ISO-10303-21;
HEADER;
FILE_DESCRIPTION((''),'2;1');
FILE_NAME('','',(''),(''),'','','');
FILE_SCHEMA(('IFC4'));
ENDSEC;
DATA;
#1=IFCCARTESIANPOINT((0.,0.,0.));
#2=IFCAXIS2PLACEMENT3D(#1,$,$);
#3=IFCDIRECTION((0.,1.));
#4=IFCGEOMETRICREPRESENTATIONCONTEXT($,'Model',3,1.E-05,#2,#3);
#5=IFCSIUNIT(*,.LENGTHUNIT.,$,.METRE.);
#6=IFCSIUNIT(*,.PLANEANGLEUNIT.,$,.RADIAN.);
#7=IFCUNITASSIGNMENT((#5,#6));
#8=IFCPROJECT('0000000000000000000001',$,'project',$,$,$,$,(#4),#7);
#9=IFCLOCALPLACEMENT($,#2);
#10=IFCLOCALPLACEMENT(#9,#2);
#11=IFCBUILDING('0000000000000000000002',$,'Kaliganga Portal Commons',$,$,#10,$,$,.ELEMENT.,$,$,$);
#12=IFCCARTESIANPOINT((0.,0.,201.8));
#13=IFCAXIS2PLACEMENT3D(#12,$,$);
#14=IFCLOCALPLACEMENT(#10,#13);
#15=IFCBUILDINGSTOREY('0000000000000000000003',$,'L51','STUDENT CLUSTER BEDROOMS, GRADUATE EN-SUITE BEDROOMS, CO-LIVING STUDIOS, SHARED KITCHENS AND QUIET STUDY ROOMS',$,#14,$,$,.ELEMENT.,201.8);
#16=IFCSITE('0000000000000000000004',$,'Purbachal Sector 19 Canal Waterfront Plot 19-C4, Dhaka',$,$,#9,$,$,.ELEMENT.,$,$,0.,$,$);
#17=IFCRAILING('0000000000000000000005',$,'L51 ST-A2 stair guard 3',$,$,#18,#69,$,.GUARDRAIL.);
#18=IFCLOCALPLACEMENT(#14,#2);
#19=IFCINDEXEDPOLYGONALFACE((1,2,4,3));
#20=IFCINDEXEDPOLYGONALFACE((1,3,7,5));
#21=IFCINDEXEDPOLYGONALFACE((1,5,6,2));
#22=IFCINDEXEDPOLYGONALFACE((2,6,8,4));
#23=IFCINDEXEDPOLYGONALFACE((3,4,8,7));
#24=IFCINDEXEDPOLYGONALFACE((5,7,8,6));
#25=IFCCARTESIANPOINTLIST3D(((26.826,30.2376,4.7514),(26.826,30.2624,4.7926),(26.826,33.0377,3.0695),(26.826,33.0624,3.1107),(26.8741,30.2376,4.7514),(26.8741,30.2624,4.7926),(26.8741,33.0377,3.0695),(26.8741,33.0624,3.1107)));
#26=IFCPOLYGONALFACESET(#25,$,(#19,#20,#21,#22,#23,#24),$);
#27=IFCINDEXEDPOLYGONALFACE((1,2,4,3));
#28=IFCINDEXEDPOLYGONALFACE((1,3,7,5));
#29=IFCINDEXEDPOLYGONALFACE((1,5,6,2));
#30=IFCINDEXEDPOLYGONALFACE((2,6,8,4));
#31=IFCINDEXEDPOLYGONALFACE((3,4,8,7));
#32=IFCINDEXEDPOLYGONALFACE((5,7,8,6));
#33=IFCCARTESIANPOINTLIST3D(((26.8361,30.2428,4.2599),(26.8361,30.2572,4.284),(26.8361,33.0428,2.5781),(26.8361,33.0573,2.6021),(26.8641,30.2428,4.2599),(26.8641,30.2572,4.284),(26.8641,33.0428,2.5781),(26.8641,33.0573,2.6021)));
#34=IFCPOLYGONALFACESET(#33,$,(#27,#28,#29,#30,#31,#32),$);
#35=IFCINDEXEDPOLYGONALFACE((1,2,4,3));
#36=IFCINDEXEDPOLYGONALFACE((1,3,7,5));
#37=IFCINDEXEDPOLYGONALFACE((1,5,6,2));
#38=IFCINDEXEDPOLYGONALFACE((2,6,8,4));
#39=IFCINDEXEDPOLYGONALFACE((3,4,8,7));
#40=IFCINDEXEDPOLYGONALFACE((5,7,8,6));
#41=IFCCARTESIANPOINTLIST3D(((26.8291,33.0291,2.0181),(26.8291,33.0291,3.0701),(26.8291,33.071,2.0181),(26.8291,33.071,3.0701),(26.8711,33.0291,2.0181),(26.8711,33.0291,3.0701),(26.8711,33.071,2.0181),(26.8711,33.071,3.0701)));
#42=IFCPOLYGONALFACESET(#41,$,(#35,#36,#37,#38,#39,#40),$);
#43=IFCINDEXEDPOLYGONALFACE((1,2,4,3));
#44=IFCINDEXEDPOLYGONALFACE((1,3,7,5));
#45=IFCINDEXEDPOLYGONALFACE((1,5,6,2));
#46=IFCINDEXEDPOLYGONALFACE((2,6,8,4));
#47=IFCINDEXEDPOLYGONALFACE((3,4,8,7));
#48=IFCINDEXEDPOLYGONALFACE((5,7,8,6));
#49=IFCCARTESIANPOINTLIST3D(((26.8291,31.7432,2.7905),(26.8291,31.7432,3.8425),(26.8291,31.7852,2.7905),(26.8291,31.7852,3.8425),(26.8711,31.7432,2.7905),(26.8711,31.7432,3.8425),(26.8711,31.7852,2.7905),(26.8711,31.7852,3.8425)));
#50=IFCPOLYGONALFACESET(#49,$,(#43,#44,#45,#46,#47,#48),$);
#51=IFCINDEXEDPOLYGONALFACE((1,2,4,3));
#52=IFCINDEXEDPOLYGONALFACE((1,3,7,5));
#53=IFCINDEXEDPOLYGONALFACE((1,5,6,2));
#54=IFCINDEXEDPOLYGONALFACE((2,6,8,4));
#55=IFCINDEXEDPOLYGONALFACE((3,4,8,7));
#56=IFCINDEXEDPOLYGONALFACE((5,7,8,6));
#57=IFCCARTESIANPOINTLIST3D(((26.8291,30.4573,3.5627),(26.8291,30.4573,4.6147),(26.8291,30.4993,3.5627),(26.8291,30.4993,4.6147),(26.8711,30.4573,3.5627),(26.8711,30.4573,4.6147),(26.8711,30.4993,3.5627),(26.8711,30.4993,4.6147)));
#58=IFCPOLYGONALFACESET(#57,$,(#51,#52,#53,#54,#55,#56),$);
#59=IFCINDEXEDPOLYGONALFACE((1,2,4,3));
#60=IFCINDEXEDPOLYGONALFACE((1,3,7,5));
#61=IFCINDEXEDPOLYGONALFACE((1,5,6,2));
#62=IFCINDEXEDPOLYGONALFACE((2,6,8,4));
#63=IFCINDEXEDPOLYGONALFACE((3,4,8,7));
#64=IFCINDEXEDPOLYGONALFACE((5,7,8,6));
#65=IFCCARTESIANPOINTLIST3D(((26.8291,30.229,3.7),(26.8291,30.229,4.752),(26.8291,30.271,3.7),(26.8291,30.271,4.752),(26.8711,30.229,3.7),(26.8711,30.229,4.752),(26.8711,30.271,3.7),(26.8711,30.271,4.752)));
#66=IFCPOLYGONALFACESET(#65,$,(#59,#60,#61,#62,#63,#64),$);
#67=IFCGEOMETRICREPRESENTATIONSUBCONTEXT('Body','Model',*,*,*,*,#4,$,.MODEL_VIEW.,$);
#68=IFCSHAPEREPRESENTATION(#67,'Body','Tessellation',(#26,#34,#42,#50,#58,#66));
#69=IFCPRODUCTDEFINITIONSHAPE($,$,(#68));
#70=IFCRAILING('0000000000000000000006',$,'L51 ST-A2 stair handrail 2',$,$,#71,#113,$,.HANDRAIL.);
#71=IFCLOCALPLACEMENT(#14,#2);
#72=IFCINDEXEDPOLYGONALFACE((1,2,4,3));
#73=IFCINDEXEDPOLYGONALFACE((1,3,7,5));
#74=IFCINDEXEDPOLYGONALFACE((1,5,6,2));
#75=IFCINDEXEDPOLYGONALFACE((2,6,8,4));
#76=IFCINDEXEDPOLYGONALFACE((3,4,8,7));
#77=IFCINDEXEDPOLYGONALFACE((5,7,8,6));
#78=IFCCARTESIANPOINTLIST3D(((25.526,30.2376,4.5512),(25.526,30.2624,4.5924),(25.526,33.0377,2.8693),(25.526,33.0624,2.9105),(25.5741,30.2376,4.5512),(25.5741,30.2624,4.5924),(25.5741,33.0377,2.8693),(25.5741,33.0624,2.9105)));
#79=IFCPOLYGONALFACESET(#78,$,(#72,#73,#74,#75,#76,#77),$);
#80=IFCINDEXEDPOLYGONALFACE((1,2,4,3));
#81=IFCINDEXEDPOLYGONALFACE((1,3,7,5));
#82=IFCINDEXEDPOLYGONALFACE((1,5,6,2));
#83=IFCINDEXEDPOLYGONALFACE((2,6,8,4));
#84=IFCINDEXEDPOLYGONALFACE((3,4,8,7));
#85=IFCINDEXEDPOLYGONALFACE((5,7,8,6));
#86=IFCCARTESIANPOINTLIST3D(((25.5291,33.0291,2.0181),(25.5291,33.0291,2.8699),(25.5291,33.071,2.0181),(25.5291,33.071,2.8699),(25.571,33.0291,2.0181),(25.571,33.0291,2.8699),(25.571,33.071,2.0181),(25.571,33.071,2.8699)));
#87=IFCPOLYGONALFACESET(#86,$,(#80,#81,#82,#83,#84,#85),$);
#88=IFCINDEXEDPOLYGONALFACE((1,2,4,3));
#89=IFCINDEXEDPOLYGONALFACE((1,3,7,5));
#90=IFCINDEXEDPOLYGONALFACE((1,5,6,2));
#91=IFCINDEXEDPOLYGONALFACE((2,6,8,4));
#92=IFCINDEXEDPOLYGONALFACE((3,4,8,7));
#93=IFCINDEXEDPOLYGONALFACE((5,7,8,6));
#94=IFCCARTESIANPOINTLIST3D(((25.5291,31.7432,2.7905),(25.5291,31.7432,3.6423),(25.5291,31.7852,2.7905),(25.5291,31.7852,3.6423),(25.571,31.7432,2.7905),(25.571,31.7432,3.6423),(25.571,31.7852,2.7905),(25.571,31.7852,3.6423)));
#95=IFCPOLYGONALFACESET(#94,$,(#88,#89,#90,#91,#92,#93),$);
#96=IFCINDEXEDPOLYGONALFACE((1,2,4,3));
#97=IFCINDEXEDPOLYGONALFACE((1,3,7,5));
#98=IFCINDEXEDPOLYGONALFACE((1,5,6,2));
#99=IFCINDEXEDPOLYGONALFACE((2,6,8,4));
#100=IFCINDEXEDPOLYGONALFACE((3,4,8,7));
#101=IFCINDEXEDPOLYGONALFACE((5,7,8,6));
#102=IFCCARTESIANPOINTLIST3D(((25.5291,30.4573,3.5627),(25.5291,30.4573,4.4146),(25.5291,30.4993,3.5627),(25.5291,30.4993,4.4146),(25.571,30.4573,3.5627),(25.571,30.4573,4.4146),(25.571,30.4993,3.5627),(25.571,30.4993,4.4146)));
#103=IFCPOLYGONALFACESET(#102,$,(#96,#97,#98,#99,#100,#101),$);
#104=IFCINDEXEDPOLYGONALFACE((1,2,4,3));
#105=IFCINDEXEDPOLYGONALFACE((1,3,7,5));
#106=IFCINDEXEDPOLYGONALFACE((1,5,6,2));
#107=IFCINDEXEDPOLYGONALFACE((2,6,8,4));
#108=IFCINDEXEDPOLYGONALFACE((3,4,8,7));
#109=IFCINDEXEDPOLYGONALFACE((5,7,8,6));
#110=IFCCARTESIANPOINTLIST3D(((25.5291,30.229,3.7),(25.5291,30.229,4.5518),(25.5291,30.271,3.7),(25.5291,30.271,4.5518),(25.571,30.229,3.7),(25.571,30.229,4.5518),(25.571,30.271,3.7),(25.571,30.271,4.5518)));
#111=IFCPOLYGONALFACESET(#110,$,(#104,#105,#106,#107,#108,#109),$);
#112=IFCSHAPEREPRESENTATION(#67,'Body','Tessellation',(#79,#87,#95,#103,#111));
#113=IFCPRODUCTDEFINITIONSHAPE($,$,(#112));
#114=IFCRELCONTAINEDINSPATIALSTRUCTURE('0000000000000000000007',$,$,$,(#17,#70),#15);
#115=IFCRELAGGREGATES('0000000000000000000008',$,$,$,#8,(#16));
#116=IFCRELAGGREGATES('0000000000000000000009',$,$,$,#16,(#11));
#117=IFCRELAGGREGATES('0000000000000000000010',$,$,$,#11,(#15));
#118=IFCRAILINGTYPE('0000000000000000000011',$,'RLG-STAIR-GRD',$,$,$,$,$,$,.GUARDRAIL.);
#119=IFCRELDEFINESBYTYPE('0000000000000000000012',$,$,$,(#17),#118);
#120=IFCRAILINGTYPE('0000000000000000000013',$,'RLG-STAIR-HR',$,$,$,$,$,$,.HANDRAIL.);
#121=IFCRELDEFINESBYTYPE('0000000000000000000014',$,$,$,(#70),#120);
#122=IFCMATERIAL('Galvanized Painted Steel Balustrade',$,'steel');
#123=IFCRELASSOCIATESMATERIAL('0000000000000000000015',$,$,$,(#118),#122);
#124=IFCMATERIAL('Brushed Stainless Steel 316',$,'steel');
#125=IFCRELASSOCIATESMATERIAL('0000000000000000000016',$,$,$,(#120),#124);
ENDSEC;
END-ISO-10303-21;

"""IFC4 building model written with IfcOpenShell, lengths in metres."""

from ifc_helpers import new_model, si_unit, direction, frame, origin, origin_2d, place, context, subcontext, project, spatial, rectangle, extrude, material, type_object, element, save


model = new_model("IFC4")

# Units and contexts
model_context = context("Model", 3, precision=1e-05, world=origin(), true_north=direction((0.0, 1.0)))
body_context = subcontext(model_context, "Body", "Model", "MODEL_VIEW")
ifc_project = project(units=[si_unit("LENGTHUNIT", "METRE"), si_unit("PLANEANGLEUNIT", "RADIAN")], contexts=[model_context])

# Site, building, storey
site_placement = place(None, origin())
site = spatial("IfcSite", under=ifc_project, at=site_placement, Name="Purbachal Sector 19 Canal Waterfront Plot 19-C4, Dhaka", CompositionType="ELEMENT", RefElevation=0.0)
building_placement = place(site_placement, origin())
building = spatial("IfcBuilding", under=site, at=building_placement, Name="Kaliganga Portal Commons", CompositionType="ELEMENT")
storey_placement = place(building_placement, frame((0.0, 0.0, 201.8)))
storey = spatial("IfcBuildingStorey", under=building, at=storey_placement, Name="L51", Description="STUDENT CLUSTER BEDROOMS, GRADUATE EN-SUITE BEDROOMS, CO-LIVING STUDIOS, SHARED KITCHENS AND QUIET STUDY ROOMS", CompositionType="ELEMENT", Elevation=201.8)

# Railings
ifc_material_1 = material(Name="Galvanized Painted Steel Balustrade", Category="steel")
railing_type_1 = type_object("IfcRailingType", Name="RLG-STAIR-GRD", PredefinedType="GUARDRAIL", material=ifc_material_1)
railing_1_placement = place(storey_placement, frame((26.8501, 33.05, 2.0181)))
element("IfcRailing", 1, at=railing_1_placement, inside=storey, type_object=railing_type_1, Name="L51 ST-A2 stair guard 3", PredefinedType="GUARDRAIL", context=body_context, shape_type="SweptSolid", body=[
    extrude(rectangle(XDim=0.0481, YDim=0.0481, at=origin_2d()), frame((0.0, 0.0, 1.072), z_axis=(0.0, -0.857242, 0.514913), x_axis=(1.0, 0.0, 0.0)), (0.0, 0.0, 1.0), 3.2664),
    extrude(rectangle(XDim=0.0281, YDim=0.0281, at=origin_2d()), frame((0.0, 0.0, 0.572), z_axis=(0.0, -0.857242, 0.514913), x_axis=(1.0, 0.0, 0.0)), (0.0, 0.0, 1.0), 3.2664),
    extrude(rectangle(XDim=0.042, YDim=0.042, at=origin_2d()), origin(), (0.0, 0.0, 1.0), 1.052),
    extrude(rectangle(XDim=0.042, YDim=0.042, at=origin_2d()), frame((0.0, -1.2859, 0.7725)), (0.0, 0.0, 1.0), 1.052),
    extrude(rectangle(XDim=0.042, YDim=0.042, at=origin_2d()), frame((0.0, -2.5718, 1.5447)), (0.0, 0.0, 1.0), 1.052),
    extrude(rectangle(XDim=0.042, YDim=0.042, at=origin_2d()), frame((0.0, -2.8, 1.6819)), (0.0, 0.0, 1.0), 1.052),
])
ifc_material_2 = material(Name="Brushed Stainless Steel 316", Category="steel")
railing_type_2 = type_object("IfcRailingType", Name="RLG-STAIR-HR", PredefinedType="HANDRAIL", material=ifc_material_2)
railing_2_placement = place(storey_placement, frame((25.55, 33.05, 2.0181)))
element("IfcRailing", 2, at=railing_2_placement, inside=storey, type_object=railing_type_2, Name="L51 ST-A2 stair handrail 2", PredefinedType="HANDRAIL", context=body_context, shape_type="SweptSolid", body=[
    extrude(rectangle(XDim=0.0481, YDim=0.0481, at=origin_2d()), frame((0.0, 0.0, 0.8718), z_axis=(0.0, -0.857242, 0.514913), x_axis=(1.0, 0.0, 0.0)), (0.0, 0.0, 1.0), 3.2664),
    extrude(rectangle(XDim=0.042, YDim=0.042, at=origin_2d()), origin(), (0.0, 0.0, 1.0), 0.8518),
    extrude(rectangle(XDim=0.042, YDim=0.042, at=origin_2d()), frame((0.0, -1.2859, 0.7725)), (0.0, 0.0, 1.0), 0.8518),
    extrude(rectangle(XDim=0.042, YDim=0.042, at=origin_2d()), frame((0.0, -2.5718, 1.5447)), (0.0, 0.0, 1.0), 0.8518),
    extrude(rectangle(XDim=0.042, YDim=0.042, at=origin_2d()), frame((0.0, -2.8, 1.6819)), (0.0, 0.0, 1.0), 0.8518),
])

save(model, "model.ifc")
